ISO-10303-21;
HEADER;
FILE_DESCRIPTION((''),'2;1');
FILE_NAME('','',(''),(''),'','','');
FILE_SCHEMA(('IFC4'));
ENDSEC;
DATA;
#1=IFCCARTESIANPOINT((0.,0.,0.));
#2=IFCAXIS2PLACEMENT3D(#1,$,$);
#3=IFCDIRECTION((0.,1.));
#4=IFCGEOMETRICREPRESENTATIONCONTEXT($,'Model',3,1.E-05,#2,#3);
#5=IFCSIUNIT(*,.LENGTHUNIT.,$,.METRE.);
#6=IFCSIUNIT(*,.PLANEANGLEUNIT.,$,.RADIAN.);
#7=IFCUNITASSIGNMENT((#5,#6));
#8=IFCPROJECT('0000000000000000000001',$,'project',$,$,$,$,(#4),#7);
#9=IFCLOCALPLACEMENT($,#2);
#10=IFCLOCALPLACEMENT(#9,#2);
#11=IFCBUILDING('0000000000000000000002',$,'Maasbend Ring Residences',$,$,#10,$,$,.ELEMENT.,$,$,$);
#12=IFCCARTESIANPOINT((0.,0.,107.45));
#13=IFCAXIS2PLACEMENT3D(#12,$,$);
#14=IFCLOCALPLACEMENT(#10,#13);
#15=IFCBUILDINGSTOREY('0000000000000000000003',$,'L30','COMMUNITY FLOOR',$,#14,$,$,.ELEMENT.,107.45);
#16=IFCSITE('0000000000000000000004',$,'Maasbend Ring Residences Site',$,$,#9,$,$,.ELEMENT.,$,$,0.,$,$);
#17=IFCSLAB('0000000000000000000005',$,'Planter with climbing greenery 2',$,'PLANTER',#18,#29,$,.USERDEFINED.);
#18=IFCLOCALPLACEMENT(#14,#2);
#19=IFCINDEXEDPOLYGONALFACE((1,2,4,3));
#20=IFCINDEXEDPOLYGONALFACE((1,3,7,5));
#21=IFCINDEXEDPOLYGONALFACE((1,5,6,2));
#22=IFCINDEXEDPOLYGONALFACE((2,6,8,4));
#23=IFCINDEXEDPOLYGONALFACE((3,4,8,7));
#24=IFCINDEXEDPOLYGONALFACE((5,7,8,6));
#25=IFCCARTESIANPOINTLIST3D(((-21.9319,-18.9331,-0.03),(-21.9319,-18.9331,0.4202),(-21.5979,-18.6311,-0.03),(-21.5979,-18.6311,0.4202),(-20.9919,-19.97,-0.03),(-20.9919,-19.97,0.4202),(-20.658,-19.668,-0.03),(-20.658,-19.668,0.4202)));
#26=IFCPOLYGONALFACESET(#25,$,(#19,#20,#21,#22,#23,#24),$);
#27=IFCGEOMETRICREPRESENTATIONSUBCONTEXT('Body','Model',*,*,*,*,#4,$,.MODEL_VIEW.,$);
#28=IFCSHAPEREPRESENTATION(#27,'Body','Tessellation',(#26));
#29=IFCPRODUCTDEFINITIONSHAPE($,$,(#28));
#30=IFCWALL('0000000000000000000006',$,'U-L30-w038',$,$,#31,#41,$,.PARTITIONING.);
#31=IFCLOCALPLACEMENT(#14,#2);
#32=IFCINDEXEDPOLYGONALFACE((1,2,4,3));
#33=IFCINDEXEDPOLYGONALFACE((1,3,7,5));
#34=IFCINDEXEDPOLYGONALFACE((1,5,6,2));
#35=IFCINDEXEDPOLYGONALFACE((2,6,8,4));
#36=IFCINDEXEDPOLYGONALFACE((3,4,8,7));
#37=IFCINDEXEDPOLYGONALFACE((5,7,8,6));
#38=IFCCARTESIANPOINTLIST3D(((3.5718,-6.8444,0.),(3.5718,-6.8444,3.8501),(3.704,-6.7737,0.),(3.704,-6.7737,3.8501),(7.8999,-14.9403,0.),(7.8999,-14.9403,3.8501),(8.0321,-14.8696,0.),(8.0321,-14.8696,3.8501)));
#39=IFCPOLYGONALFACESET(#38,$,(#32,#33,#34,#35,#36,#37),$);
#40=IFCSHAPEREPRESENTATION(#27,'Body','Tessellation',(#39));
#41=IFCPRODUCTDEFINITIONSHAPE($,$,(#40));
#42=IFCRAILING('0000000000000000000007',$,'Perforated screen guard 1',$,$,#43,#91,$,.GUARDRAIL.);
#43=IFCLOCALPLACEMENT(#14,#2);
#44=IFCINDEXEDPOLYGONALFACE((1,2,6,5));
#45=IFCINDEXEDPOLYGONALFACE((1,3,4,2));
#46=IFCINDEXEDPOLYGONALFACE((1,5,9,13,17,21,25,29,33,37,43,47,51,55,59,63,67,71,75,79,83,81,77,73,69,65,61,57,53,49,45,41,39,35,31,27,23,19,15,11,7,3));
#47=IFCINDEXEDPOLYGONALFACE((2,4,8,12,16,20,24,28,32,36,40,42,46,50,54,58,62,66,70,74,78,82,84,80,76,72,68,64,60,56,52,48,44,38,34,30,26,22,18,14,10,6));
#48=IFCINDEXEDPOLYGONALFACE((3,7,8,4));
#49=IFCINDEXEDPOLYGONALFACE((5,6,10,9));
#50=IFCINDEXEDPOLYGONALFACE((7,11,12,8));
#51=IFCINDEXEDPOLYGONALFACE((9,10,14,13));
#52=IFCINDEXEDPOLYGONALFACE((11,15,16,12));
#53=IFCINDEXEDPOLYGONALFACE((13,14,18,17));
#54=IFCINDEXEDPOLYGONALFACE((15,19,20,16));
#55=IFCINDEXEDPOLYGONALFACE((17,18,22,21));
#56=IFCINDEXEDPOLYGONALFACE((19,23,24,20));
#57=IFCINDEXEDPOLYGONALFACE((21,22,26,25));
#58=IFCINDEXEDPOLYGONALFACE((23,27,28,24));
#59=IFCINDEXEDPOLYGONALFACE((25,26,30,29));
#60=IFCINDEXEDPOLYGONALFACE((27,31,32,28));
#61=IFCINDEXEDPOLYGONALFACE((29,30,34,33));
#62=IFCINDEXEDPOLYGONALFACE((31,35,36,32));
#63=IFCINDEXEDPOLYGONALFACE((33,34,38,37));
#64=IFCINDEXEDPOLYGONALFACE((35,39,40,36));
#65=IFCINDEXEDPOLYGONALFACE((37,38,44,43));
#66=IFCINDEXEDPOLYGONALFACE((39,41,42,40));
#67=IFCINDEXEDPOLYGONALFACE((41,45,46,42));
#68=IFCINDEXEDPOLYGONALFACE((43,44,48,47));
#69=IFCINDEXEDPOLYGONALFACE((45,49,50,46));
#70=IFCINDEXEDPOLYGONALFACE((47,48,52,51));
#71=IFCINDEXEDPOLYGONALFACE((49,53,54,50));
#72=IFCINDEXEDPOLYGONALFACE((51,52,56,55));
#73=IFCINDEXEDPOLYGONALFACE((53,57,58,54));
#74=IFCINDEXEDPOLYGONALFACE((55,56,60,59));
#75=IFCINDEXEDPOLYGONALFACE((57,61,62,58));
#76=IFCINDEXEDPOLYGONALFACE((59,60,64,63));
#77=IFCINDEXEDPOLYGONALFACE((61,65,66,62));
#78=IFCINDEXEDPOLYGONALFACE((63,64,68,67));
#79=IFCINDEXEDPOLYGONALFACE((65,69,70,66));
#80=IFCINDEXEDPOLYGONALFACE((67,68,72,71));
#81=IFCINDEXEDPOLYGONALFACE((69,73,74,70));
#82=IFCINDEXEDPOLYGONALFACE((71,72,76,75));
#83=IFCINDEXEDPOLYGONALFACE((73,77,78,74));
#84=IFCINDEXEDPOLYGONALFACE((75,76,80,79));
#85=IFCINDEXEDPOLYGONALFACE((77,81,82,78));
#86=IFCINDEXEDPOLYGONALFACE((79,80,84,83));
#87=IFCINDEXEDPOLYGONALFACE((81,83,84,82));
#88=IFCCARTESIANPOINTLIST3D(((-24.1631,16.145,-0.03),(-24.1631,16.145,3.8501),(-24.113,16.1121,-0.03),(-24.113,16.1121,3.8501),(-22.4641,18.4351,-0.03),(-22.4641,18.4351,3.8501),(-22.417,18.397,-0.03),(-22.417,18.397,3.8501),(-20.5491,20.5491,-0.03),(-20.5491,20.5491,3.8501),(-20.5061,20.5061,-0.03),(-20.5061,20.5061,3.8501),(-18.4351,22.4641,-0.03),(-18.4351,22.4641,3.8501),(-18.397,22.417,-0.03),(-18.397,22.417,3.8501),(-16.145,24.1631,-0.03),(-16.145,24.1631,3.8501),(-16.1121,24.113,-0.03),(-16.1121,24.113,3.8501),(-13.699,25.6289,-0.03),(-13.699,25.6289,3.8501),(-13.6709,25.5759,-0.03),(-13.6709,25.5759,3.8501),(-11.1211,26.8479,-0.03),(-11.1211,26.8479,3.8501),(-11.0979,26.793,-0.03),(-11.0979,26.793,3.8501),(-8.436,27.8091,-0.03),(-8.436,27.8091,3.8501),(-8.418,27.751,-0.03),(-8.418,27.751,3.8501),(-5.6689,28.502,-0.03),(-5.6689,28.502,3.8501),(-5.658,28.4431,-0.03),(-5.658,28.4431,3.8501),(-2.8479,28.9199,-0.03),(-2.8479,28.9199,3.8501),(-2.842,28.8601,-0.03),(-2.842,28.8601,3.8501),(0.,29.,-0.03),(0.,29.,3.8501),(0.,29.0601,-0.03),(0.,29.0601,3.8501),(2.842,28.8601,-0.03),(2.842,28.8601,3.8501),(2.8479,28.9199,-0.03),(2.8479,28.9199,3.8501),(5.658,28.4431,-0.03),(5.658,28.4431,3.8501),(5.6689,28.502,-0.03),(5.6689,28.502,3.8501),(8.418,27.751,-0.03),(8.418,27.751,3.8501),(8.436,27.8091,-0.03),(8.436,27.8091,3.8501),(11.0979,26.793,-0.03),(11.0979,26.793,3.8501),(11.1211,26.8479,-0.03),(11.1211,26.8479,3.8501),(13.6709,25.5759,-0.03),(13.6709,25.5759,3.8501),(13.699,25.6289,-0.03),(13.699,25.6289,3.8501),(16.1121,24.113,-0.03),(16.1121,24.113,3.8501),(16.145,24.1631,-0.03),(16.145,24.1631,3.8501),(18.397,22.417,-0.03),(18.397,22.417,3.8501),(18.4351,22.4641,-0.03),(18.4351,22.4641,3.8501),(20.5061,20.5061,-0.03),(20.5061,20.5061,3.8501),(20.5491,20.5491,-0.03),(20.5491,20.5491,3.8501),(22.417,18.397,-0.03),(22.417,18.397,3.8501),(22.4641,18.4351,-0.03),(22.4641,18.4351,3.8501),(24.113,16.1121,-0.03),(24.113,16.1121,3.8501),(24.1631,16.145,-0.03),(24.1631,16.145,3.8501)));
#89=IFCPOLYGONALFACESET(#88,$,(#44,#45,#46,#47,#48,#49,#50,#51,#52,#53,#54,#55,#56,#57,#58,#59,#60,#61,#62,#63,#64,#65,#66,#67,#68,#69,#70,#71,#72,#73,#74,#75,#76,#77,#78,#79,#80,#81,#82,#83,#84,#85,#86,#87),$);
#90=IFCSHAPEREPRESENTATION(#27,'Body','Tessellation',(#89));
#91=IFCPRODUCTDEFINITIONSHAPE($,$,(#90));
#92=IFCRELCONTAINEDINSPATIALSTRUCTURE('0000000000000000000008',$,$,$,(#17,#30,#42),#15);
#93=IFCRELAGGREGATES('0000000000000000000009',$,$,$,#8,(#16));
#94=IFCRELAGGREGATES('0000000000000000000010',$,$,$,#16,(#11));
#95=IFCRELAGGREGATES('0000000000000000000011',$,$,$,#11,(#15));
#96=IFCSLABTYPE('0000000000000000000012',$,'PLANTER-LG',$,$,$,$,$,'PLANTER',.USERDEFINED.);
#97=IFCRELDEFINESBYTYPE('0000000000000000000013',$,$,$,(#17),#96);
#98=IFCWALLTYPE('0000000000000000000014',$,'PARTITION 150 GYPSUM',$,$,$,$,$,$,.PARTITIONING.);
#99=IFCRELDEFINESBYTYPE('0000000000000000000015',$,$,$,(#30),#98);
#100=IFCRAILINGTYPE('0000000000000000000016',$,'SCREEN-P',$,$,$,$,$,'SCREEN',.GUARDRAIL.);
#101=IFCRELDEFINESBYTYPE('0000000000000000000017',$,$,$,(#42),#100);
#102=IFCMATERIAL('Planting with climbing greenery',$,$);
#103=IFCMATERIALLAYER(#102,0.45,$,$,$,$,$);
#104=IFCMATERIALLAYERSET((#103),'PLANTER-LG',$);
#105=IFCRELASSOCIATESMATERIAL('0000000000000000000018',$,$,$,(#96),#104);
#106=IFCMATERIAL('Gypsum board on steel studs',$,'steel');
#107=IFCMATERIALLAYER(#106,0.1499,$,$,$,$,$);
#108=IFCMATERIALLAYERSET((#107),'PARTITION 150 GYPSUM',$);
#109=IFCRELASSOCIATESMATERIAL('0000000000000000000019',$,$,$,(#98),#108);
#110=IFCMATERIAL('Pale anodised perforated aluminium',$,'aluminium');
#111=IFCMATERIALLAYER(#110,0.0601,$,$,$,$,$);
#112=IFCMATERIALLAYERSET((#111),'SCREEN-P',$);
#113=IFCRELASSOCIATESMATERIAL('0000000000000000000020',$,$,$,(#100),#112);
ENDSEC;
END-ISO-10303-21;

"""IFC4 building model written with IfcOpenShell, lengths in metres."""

from ifc_helpers import new_model, si_unit, direction, frame, frame_2d, origin, place, context, subcontext, project, spatial, polyline, rectangle, outline, extrude, material, layer, layer_set, type_object, element, save


model = new_model("IFC4")

# Units and contexts
model_context = context("Model", 3, precision=1e-05, world=origin(), true_north=direction((0.0, 1.0)))
body_context = subcontext(model_context, "Body", "Model", "MODEL_VIEW")
ifc_project = project(units=[si_unit("LENGTHUNIT", "METRE"), si_unit("PLANEANGLEUNIT", "RADIAN")], contexts=[model_context])

# Site, building, storey
site_placement = place(None, origin())
site = spatial("IfcSite", under=ifc_project, at=site_placement, Name="Maasbend Ring Residences Site", CompositionType="ELEMENT", RefElevation=0.0)
building_placement = place(site_placement, origin())
building = spatial("IfcBuilding", under=site, at=building_placement, Name="Maasbend Ring Residences", CompositionType="ELEMENT")
storey_placement = place(building_placement, frame((0.0, 0.0, 107.45)))
storey = spatial("IfcBuildingStorey", under=building, at=storey_placement, Name="L30", Description="COMMUNITY FLOOR", CompositionType="ELEMENT", Elevation=107.45)

# Slab
ifc_material_1 = material(Name="Planting with climbing greenery")
ifc_layer_1 = layer(ifc_material_1, 0.45)
ifc_layer_set_1 = layer_set([ifc_layer_1], Name="PLANTER-LG")
slab_type_1 = type_object("IfcSlabType", Name="PLANTER-LG", ElementType="PLANTER", PredefinedType="USERDEFINED", material=ifc_layer_set_1)
slab_1_placement = place(storey_placement, frame((0.0, 0.0, -0.03)))
element("IfcSlab", 1, at=slab_1_placement, inside=storey, type_object=slab_type_1, Name="Planter with climbing greenery 2", ObjectType="PLANTER", PredefinedType="USERDEFINED", context=body_context, shape_type="SweptSolid", body=[
    extrude(outline(polyline([(-21.9319, -18.9331), (-20.9919, -19.97), (-20.658, -19.668), (-21.5979, -18.6311), (-21.9319, -18.9331)])), origin(), (0.0, 0.0, 1.0), 0.4502),
])

# Wall
ifc_material_2 = material(Name="Gypsum board on steel studs", Category="steel")
ifc_layer_2 = layer(ifc_material_2, 0.1499)
ifc_layer_set_2 = layer_set([ifc_layer_2], Name="PARTITION 150 GYPSUM")
wall_type = type_object("IfcWallType", Name="PARTITION 150 GYPSUM", PredefinedType="PARTITIONING", material=ifc_layer_set_2)
wall_placement = place(storey_placement, frame((3.6379, -6.8091, 0.0), z_axis=(0.0, 0.0, 1.0), x_axis=(0.47146, -0.881887, 0.0)))
element("IfcWall", 2, at=wall_placement, inside=storey, type_object=wall_type, Name="U-L30-w038", PredefinedType="PARTITIONING", context=body_context, shape_type="SweptSolid", body=[
    extrude(rectangle(XDim=9.1802, YDim=0.1499, at=frame_2d((4.5901, 0.0))), origin(), (0.0, 0.0, 1.0), 3.8501),
])

# Railing
ifc_material_3 = material(Name="Pale anodised perforated aluminium", Category="aluminium")
ifc_layer_3 = layer(ifc_material_3, 0.0601)
ifc_layer_set_3 = layer_set([ifc_layer_3], Name="SCREEN-P")
railing_type = type_object("IfcRailingType", Name="SCREEN-P", ElementType="SCREEN", PredefinedType="GUARDRAIL", material=ifc_layer_set_3)
railing_placement = place(storey_placement, frame((0.0, 0.0, -0.03)))
element("IfcRailing", 3, at=railing_placement, inside=storey, type_object=railing_type, Name="Perforated screen guard 1", PredefinedType="GUARDRAIL", context=body_context, shape_type="SweptSolid", body=[
    extrude(outline(polyline([(24.113, 16.1121), (22.417, 18.397), (20.5061, 20.5061), (18.397, 22.417), (16.1121, 24.113), (13.6709, 25.5759), (11.0979, 26.793), (8.418, 27.751), (5.658, 28.4431), (2.842, 28.8601), (0.0, 29.0), (-2.842, 28.8601), (-5.658, 28.4431), (-8.418, 27.751), (-11.0979, 26.793), (-13.6709, 25.5759), (-16.1121, 24.113), (-18.397, 22.417), (-20.5061, 20.5061), (-22.417, 18.397), (-24.113, 16.1121), (-24.1631, 16.145), (-22.4641, 18.4351), (-20.5491, 20.5491), (-18.4351, 22.4641), (-16.145, 24.1631), (-13.699, 25.6289), (-11.1211, 26.8479), (-8.436, 27.8091), (-5.6689, 28.502), (-2.8479, 28.9199), (0.0, 29.0601), (2.8479, 28.9199), (5.6689, 28.502), (8.436, 27.8091), (11.1211, 26.8479), (13.699, 25.6289), (16.145, 24.1631), (18.4351, 22.4641), (20.5491, 20.5491), (22.4641, 18.4351), (24.1631, 16.145), (24.113, 16.1121)])), origin(), (0.0, 0.0, 1.0), 3.8801),
])

save(model, "model.ifc")
